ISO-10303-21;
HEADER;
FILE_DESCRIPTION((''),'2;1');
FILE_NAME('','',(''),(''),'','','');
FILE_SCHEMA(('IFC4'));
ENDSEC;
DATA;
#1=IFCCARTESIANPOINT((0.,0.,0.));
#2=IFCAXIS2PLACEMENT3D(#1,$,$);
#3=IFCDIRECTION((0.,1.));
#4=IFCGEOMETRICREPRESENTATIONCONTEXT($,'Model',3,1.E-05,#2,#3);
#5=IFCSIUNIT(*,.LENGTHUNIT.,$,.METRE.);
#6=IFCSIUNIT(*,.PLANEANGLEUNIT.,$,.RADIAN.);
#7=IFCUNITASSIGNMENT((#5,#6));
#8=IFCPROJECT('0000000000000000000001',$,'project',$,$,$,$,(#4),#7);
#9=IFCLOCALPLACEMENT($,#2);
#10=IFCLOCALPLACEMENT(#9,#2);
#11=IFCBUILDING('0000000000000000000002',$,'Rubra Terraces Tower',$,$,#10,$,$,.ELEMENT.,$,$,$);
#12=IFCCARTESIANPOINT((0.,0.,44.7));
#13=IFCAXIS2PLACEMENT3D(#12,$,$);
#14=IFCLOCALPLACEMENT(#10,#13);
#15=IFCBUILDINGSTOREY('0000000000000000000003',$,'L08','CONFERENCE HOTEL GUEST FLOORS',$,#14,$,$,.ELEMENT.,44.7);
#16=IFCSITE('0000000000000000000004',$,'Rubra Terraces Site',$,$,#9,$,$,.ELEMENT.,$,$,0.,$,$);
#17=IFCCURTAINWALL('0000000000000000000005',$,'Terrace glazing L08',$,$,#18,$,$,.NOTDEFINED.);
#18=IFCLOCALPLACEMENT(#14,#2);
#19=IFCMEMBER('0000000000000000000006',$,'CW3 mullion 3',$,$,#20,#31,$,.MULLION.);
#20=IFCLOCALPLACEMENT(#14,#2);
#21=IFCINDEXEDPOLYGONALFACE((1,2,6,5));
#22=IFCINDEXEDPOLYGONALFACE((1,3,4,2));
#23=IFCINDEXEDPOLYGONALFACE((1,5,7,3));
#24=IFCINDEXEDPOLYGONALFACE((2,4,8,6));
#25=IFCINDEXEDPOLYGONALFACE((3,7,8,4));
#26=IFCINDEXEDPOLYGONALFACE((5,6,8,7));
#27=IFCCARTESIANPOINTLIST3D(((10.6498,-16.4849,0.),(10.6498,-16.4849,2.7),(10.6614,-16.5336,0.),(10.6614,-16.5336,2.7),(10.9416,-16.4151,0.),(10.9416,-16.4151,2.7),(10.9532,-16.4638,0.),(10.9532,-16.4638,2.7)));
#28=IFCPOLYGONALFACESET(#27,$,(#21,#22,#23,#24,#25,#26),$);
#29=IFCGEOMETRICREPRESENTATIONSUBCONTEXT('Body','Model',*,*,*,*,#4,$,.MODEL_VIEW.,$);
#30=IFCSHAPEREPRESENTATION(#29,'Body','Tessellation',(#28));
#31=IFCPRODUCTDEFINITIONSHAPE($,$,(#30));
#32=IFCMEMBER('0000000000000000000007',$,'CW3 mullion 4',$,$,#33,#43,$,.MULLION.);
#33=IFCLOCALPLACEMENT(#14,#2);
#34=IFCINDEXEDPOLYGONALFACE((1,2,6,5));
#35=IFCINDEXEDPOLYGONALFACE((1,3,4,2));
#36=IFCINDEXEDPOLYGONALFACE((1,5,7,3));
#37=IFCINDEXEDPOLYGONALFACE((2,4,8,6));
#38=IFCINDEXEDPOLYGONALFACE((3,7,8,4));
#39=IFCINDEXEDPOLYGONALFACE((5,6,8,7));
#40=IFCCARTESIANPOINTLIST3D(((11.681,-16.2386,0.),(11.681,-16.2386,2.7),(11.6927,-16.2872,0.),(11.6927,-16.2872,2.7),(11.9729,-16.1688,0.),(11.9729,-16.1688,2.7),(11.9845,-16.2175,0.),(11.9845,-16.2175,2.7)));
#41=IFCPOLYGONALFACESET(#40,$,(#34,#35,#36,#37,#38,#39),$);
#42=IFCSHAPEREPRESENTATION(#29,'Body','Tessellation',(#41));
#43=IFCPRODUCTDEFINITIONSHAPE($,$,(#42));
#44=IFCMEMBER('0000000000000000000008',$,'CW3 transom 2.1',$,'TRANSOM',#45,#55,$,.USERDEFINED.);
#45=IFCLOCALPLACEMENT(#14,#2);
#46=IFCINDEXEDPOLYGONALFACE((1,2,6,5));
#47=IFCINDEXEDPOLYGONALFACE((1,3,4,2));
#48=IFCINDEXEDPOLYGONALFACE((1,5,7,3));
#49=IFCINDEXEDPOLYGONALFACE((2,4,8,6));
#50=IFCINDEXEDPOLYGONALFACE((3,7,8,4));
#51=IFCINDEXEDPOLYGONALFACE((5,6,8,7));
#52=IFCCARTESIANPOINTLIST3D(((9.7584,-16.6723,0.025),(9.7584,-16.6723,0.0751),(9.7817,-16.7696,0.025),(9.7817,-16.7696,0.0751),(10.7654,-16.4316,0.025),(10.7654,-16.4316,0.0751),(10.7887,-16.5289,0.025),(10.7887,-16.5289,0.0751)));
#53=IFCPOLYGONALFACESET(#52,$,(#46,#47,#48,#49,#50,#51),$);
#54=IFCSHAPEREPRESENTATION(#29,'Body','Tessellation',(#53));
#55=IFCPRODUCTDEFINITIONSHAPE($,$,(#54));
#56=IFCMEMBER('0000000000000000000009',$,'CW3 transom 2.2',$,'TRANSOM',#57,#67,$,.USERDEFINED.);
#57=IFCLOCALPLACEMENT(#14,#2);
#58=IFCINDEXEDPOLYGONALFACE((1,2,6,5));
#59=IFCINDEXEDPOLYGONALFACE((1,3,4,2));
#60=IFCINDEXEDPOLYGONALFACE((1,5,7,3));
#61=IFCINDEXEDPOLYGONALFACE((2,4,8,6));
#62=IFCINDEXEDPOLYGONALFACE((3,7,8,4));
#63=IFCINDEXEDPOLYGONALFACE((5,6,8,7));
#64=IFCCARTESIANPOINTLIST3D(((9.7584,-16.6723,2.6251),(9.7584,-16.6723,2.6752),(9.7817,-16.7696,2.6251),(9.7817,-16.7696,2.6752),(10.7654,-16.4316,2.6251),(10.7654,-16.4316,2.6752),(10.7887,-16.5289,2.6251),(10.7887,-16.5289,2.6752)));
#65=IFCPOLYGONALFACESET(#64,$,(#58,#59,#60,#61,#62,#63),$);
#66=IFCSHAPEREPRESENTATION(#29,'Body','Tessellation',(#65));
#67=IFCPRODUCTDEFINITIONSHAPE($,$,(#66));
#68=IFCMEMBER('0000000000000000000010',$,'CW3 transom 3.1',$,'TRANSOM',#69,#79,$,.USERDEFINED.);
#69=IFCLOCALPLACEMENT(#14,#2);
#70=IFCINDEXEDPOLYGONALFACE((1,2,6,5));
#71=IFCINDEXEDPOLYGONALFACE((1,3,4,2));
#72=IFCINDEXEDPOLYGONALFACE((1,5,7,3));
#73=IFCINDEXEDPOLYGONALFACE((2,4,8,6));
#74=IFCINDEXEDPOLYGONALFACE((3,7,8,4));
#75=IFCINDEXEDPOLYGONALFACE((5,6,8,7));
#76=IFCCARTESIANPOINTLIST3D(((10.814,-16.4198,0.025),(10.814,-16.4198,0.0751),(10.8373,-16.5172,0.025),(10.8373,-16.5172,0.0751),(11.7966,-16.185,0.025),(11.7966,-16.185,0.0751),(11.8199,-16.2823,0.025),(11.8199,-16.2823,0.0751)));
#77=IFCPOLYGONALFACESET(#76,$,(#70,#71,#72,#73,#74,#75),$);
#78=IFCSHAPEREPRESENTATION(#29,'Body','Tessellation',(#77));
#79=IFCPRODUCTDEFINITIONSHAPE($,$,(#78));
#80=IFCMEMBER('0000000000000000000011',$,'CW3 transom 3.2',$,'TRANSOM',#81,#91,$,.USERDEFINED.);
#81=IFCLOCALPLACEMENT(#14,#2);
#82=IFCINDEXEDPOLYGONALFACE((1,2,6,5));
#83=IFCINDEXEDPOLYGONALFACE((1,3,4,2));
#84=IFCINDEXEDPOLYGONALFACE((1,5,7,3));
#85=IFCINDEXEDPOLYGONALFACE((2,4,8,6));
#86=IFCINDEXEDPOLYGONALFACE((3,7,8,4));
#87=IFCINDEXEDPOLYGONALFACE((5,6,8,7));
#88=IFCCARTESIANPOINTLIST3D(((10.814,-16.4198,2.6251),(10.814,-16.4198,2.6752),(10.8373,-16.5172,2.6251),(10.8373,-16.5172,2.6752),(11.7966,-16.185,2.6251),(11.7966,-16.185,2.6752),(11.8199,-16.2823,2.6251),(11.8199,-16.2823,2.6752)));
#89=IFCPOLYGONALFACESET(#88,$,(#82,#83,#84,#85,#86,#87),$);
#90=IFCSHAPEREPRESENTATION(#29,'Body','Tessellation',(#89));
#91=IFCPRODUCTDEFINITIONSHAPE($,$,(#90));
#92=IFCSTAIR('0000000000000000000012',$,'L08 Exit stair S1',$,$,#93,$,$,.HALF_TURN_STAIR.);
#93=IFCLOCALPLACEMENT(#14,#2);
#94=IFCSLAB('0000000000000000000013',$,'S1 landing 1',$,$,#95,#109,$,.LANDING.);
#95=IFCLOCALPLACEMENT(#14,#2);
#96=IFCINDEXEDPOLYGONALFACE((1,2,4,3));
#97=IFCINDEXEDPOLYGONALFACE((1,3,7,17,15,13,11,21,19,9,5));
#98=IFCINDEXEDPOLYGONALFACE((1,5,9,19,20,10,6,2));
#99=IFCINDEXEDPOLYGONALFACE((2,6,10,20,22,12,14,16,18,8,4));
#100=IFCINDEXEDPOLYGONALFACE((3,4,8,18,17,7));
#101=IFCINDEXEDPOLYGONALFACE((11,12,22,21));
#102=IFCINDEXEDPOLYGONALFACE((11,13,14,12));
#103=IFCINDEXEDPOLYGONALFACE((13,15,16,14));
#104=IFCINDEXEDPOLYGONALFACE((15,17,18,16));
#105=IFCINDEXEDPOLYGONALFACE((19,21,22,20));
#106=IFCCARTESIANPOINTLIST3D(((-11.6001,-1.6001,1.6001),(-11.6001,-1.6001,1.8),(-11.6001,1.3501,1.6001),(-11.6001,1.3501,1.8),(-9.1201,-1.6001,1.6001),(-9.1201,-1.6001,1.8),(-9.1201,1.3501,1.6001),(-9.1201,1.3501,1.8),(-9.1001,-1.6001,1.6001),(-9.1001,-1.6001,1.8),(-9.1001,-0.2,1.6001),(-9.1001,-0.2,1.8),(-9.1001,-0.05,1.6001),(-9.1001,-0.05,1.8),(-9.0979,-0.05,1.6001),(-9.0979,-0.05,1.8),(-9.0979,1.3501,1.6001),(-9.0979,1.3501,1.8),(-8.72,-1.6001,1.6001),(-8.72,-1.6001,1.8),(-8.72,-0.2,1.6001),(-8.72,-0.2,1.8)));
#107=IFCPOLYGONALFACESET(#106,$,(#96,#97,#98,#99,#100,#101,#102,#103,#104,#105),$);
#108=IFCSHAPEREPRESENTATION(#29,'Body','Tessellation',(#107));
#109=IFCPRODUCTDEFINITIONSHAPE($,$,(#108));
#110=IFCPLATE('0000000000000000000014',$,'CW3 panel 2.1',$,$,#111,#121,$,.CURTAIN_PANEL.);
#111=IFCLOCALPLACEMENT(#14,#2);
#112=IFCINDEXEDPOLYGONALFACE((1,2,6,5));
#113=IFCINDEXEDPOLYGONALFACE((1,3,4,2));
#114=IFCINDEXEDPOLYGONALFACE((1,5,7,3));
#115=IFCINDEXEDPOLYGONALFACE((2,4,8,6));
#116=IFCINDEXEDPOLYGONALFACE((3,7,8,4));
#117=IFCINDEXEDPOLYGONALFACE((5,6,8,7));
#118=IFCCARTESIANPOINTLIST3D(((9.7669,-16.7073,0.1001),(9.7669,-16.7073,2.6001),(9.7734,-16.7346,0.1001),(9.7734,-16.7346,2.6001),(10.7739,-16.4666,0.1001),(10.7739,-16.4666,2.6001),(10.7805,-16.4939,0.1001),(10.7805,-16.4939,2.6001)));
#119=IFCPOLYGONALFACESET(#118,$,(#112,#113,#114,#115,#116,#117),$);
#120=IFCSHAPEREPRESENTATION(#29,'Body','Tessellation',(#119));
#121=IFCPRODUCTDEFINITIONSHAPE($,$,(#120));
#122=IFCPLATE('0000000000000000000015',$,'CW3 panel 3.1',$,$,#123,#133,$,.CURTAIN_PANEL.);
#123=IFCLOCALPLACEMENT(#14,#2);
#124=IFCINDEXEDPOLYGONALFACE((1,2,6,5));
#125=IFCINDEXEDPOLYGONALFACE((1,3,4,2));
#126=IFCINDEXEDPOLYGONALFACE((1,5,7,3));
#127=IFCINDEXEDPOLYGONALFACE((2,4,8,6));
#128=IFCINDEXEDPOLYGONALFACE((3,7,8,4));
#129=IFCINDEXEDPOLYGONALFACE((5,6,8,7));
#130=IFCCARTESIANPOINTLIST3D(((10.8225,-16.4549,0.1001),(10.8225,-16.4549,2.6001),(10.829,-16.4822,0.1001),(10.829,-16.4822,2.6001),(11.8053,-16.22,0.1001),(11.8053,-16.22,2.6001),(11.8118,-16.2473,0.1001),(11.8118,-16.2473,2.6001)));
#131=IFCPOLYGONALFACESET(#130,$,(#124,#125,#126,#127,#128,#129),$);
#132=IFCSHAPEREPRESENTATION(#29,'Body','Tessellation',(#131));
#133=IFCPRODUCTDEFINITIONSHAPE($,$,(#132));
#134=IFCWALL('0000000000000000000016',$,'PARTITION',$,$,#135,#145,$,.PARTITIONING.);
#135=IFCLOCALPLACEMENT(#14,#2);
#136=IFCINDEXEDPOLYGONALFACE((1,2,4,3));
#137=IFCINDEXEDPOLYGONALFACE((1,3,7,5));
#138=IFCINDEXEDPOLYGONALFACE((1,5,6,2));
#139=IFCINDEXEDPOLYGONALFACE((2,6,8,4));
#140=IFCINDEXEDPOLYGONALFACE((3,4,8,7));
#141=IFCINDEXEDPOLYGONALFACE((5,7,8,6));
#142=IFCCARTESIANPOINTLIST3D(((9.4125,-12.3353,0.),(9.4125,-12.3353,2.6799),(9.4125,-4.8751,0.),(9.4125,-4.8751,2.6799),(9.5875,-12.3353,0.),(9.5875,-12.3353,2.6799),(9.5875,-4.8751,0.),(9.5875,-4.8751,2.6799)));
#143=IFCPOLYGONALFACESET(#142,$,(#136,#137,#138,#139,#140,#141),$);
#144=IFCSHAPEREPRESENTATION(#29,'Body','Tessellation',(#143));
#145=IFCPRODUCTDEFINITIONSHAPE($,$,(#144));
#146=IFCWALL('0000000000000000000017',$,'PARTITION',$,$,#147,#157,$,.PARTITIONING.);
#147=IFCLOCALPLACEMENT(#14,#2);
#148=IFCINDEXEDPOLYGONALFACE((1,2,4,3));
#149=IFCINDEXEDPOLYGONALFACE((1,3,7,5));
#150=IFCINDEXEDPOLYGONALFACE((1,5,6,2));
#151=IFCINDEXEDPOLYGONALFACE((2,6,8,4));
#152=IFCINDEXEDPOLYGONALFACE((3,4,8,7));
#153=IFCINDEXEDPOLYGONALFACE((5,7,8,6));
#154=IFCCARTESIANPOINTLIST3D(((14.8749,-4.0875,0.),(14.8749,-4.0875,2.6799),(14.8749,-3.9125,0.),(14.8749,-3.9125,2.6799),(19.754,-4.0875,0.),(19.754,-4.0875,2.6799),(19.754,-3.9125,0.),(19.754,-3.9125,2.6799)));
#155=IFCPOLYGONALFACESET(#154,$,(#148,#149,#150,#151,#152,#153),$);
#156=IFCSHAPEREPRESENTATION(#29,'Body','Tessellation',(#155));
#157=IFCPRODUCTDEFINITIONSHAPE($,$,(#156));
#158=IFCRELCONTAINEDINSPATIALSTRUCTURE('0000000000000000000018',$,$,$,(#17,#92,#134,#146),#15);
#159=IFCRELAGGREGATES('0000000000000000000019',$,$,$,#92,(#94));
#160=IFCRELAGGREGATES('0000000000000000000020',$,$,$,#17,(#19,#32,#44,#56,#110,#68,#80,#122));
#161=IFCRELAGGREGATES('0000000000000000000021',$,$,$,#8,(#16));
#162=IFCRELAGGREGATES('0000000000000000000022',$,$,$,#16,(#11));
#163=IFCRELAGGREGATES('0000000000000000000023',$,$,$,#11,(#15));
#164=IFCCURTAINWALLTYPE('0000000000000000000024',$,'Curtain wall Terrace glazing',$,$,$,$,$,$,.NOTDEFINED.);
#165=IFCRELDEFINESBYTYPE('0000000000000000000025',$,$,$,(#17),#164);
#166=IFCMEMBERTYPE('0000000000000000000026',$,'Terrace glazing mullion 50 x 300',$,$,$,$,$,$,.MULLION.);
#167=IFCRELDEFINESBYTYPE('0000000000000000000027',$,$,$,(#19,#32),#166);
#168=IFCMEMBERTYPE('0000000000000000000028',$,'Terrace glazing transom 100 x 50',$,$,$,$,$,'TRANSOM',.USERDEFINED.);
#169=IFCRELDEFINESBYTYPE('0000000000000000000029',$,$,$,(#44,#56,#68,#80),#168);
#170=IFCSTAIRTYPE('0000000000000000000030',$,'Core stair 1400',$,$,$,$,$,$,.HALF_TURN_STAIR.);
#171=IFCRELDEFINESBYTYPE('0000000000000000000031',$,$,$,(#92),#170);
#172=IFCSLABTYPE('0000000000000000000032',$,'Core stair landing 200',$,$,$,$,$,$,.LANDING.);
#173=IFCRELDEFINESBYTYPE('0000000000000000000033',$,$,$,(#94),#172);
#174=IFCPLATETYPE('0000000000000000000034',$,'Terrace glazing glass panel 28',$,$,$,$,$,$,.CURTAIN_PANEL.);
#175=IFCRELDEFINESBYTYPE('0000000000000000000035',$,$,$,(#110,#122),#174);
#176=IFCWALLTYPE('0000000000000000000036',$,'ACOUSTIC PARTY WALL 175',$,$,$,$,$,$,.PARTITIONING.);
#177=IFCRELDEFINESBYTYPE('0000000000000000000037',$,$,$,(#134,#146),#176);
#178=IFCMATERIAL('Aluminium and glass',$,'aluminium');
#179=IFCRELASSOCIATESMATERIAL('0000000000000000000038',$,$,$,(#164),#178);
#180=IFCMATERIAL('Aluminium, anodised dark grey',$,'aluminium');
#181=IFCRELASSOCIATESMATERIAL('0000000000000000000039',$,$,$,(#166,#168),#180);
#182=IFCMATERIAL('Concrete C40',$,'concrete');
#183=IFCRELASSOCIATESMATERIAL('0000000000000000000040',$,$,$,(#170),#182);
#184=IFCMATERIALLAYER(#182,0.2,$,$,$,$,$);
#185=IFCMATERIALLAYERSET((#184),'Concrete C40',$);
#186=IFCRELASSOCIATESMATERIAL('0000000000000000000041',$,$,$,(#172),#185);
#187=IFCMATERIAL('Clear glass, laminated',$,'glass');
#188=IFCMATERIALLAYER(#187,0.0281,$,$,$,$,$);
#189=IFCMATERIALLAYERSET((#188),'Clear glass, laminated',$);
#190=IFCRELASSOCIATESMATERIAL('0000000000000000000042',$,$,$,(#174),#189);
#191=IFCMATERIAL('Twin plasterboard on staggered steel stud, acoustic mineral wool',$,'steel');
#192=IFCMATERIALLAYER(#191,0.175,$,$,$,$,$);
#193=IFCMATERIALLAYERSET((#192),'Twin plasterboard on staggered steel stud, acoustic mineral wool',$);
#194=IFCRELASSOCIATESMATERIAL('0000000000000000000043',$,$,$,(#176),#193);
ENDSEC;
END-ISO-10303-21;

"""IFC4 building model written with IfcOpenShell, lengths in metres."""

from ifc_helpers import new_model, si_unit, direction, frame, frame_2d, origin, origin_2d, place, context, subcontext, project, spatial, polyline, rectangle, outline, extrude, material, layer, layer_set, material_profile, profile_set, type_object, element, aggregate, save


model = new_model("IFC4")

# Units and contexts
model_context = context("Model", 3, precision=1e-05, world=origin(), true_north=direction((0.0, 1.0)))
body_context = subcontext(model_context, "Body", "Model", "MODEL_VIEW")
ifc_project = project(units=[si_unit("LENGTHUNIT", "METRE"), si_unit("PLANEANGLEUNIT", "RADIAN")], contexts=[model_context])

# Site, building, storey
site_placement = place(None, origin())
site = spatial("IfcSite", under=ifc_project, at=site_placement, Name="Rubra Terraces Site", CompositionType="ELEMENT", RefElevation=0.0)
building_placement = place(site_placement, origin())
building = spatial("IfcBuilding", under=site, at=building_placement, Name="Rubra Terraces Tower", CompositionType="ELEMENT")
storey_placement = place(building_placement, frame((0.0, 0.0, 44.7)))
storey = spatial("IfcBuildingStorey", under=building, at=storey_placement, Name="L08", Description="CONFERENCE HOTEL GUEST FLOORS", CompositionType="ELEMENT", Elevation=44.7)

# Curtain wall, members
ifc_material_1 = material(Name="Aluminium and glass", Category="aluminium")
curtain_wall_type = type_object("IfcCurtainWallType", Name="Curtain wall Terrace glazing", PredefinedType="NOTDEFINED", material=ifc_material_1)
curtain_wall_placement = place(storey_placement, origin())
curtain_wall = element("IfcCurtainWall", 1, at=curtain_wall_placement, inside=storey, type_object=curtain_wall_type, Name="Terrace glazing L08", PredefinedType="NOTDEFINED")
ifc_material_2 = material(Name="Aluminium, anodised dark grey", Category="aluminium")
ifc_material_profile_1 = material_profile(ifc_material_2, rectangle(XDim=0.05, YDim=0.3, at=origin_2d()), Name="AL 50x300")
ifc_profile_set_1 = profile_set([ifc_material_profile_1], Name="Aluminium, anodised dark grey")
member_type_1 = type_object("IfcMemberType", Name="Terrace glazing mullion 50 x 300", PredefinedType="MULLION", material=ifc_profile_set_1)
member_1_placement = place(storey_placement, frame((10.8015, -16.4744, 0.0), z_axis=(0.0, 0.0, 1.0), x_axis=(-0.232478, 0.972602, 0.0)))
member_1 = element("IfcMember", 2, at=member_1_placement, type_object=member_type_1, Name="CW3 mullion 3", PredefinedType="MULLION", context=body_context, shape_type="SweptSolid", body=[
    extrude(rectangle(XDim=0.05, YDim=0.3, at=origin_2d()), origin(), (0.0, 0.0, 1.0), 2.7),
])
member_2_placement = place(storey_placement, frame((11.8328, -16.228, 0.0), z_axis=(0.0, 0.0, 1.0), x_axis=(-0.232478, 0.972602, 0.0)))
member_2 = element("IfcMember", 3, at=member_2_placement, type_object=member_type_1, Name="CW3 mullion 4", PredefinedType="MULLION", context=body_context, shape_type="SweptSolid", body=[
    extrude(rectangle(XDim=0.05, YDim=0.3, at=origin_2d()), origin(), (0.0, 0.0, 1.0), 2.7),
])
ifc_material_profile_2 = material_profile(ifc_material_2, rectangle(XDim=0.1001, YDim=0.05, at=origin_2d()), Name="AL 100x50")
ifc_profile_set_2 = profile_set([ifc_material_profile_2], Name="Aluminium, anodised dark grey")
member_type_2 = type_object("IfcMemberType", Name="Terrace glazing transom 100 x 50", ElementType="TRANSOM", PredefinedType="USERDEFINED", material=ifc_profile_set_2)
member_3_placement = place(storey_placement, frame((9.77, -16.7209, 0.05), z_axis=(0.972601, 0.232481, 0.0), x_axis=(-0.232481, 0.972601, 0.0)))
member_3 = element("IfcMember", 4, at=member_3_placement, type_object=member_type_2, Name="CW3 transom 2.1", ObjectType="TRANSOM", PredefinedType="USERDEFINED", context=body_context, shape_type="SweptSolid", body=[
    extrude(rectangle(XDim=0.1001, YDim=0.05, at=origin_2d()), origin(), (0.0, 0.0, 1.0), 1.0354),
])
member_4_placement = place(storey_placement, frame((9.77, -16.7209, 2.6501), z_axis=(0.972601, 0.232481, 0.0), x_axis=(-0.232481, 0.972601, 0.0)))
member_4 = element("IfcMember", 5, at=member_4_placement, type_object=member_type_2, Name="CW3 transom 2.2", ObjectType="TRANSOM", PredefinedType="USERDEFINED", context=body_context, shape_type="SweptSolid", body=[
    extrude(rectangle(XDim=0.1001, YDim=0.05, at=origin_2d()), origin(), (0.0, 0.0, 1.0), 1.0354),
])
member_5_placement = place(storey_placement, frame((10.8257, -16.4685, 0.05), z_axis=(0.972606, 0.232459, 0.0), x_axis=(-0.232459, 0.972606, 0.0)))
member_5 = element("IfcMember", 6, at=member_5_placement, type_object=member_type_2, Name="CW3 transom 3.1", ObjectType="TRANSOM", PredefinedType="USERDEFINED", context=body_context, shape_type="SweptSolid", body=[
    extrude(rectangle(XDim=0.1001, YDim=0.05, at=origin_2d()), origin(), (0.0, 0.0, 1.0), 1.0103),
])
member_6_placement = place(storey_placement, frame((10.8257, -16.4685, 2.6501), z_axis=(0.972606, 0.232459, 0.0), x_axis=(-0.232459, 0.972606, 0.0)))
member_6 = element("IfcMember", 7, at=member_6_placement, type_object=member_type_2, Name="CW3 transom 3.2", ObjectType="TRANSOM", PredefinedType="USERDEFINED", context=body_context, shape_type="SweptSolid", body=[
    extrude(rectangle(XDim=0.1001, YDim=0.05, at=origin_2d()), origin(), (0.0, 0.0, 1.0), 1.0103),
])

# Stair, slab
ifc_material_3 = material(Name="Concrete C40", Category="concrete")
stair_type = type_object("IfcStairType", Name="Core stair 1400", PredefinedType="HALF_TURN_STAIR", material=ifc_material_3)
stair_1_placement = place(storey_placement, origin())
stair_1 = element("IfcStair", 8, at=stair_1_placement, inside=storey, type_object=stair_type, Name="L08 Exit stair S1", PredefinedType="HALF_TURN_STAIR")
ifc_layer_1 = layer(ifc_material_3, 0.2)
ifc_layer_set_1 = layer_set([ifc_layer_1], Name="Concrete C40")
slab_type = type_object("IfcSlabType", Name="Core stair landing 200", PredefinedType="LANDING", material=ifc_layer_set_1)
slab_placement = place(storey_placement, frame((0.0, 0.0, 1.6001)))
slab = element("IfcSlab", 9, at=slab_placement, type_object=slab_type, Name="S1 landing 1", PredefinedType="LANDING", context=body_context, shape_type="SweptSolid", body=[
    extrude(outline(polyline([(-8.72, -0.2), (-8.72, -1.6001), (-9.1001, -1.6001), (-9.1201, -1.6001), (-11.6001, -1.6001), (-11.6001, 1.3501), (-9.1201, 1.3501), (-9.0979, 1.3501), (-9.0979, -0.05), (-9.1001, -0.05), (-9.1001, -0.2), (-8.72, -0.2)])), origin(), (0.0, 0.0, 1.0), 0.2),
])
aggregate(stair_1, [slab])

# Plates
ifc_material_4 = material(Name="Clear glass, laminated", Category="glass")
ifc_layer_2 = layer(ifc_material_4, 0.0281)
ifc_layer_set_2 = layer_set([ifc_layer_2], Name="Clear glass, laminated")
plate_type = type_object("IfcPlateType", Name="Terrace glazing glass panel 28", PredefinedType="CURTAIN_PANEL", material=ifc_layer_set_2)
plate_1_placement = place(storey_placement, frame((10.2737, -16.6006, 0.1001), z_axis=(0.0, 0.0, 1.0), x_axis=(0.972602, 0.232478, 0.0)))
plate_1 = element("IfcPlate", 10, at=plate_1_placement, type_object=plate_type, Name="CW3 panel 2.1", PredefinedType="CURTAIN_PANEL", context=body_context, shape_type="SweptSolid", body=[
    extrude(rectangle(XDim=1.0354, YDim=0.0281, at=origin_2d()), origin(), (0.0, 0.0, 1.0), 2.5),
])
plate_2_placement = place(storey_placement, frame((11.3171, -16.3511, 0.1001), z_axis=(0.0, 0.0, 1.0), x_axis=(0.972602, 0.232478, 0.0)))
plate_2 = element("IfcPlate", 11, at=plate_2_placement, type_object=plate_type, Name="CW3 panel 3.1", PredefinedType="CURTAIN_PANEL", context=body_context, shape_type="SweptSolid", body=[
    extrude(rectangle(XDim=1.0105, YDim=0.0281, at=origin_2d()), origin(), (0.0, 0.0, 1.0), 2.5),
])
aggregate(curtain_wall, [member_1, member_2, member_3, member_4, plate_1, member_5, member_6, plate_2])

# Walls
ifc_material_5 = material(Name="Twin plasterboard on staggered steel stud, acoustic mineral wool", Category="steel")
ifc_layer_3 = layer(ifc_material_5, 0.175)
ifc_layer_set_3 = layer_set([ifc_layer_3], Name="Twin plasterboard on staggered steel stud, acoustic mineral wool")
wall_type_1 = type_object("IfcWallType", Name="ACOUSTIC PARTY WALL 175", PredefinedType="PARTITIONING", material=ifc_layer_set_3)
wall_1_placement = place(storey_placement, frame((9.5, -12.3352, 0.0), z_axis=(0.0, 0.0, 1.0), x_axis=(0.0, 1.0, 0.0)))
element("IfcWall", 12, at=wall_1_placement, inside=storey, type_object=wall_type_1, Name="PARTITION", PredefinedType="PARTITIONING", context=body_context, shape_type="SweptSolid", body=[
    extrude(rectangle(XDim=7.4602, YDim=0.175, at=frame_2d((3.73, 0.0))), origin(), (0.0, 0.0, 1.0), 2.6799),
])
wall_2_placement = place(storey_placement, frame((14.875, -4.0, 0.0), z_axis=(0.0, 0.0, 1.0), x_axis=(1.0, 0.0, 0.0)))
element("IfcWall", 13, at=wall_2_placement, inside=storey, type_object=wall_type_1, Name="PARTITION", PredefinedType="PARTITIONING", context=body_context, shape_type="SweptSolid", body=[
    extrude(rectangle(XDim=4.8792, YDim=0.175, at=frame_2d((2.4395, 0.0))), origin(), (0.0, 0.0, 1.0), 2.6799),
])

save(model, "model.ifc")
